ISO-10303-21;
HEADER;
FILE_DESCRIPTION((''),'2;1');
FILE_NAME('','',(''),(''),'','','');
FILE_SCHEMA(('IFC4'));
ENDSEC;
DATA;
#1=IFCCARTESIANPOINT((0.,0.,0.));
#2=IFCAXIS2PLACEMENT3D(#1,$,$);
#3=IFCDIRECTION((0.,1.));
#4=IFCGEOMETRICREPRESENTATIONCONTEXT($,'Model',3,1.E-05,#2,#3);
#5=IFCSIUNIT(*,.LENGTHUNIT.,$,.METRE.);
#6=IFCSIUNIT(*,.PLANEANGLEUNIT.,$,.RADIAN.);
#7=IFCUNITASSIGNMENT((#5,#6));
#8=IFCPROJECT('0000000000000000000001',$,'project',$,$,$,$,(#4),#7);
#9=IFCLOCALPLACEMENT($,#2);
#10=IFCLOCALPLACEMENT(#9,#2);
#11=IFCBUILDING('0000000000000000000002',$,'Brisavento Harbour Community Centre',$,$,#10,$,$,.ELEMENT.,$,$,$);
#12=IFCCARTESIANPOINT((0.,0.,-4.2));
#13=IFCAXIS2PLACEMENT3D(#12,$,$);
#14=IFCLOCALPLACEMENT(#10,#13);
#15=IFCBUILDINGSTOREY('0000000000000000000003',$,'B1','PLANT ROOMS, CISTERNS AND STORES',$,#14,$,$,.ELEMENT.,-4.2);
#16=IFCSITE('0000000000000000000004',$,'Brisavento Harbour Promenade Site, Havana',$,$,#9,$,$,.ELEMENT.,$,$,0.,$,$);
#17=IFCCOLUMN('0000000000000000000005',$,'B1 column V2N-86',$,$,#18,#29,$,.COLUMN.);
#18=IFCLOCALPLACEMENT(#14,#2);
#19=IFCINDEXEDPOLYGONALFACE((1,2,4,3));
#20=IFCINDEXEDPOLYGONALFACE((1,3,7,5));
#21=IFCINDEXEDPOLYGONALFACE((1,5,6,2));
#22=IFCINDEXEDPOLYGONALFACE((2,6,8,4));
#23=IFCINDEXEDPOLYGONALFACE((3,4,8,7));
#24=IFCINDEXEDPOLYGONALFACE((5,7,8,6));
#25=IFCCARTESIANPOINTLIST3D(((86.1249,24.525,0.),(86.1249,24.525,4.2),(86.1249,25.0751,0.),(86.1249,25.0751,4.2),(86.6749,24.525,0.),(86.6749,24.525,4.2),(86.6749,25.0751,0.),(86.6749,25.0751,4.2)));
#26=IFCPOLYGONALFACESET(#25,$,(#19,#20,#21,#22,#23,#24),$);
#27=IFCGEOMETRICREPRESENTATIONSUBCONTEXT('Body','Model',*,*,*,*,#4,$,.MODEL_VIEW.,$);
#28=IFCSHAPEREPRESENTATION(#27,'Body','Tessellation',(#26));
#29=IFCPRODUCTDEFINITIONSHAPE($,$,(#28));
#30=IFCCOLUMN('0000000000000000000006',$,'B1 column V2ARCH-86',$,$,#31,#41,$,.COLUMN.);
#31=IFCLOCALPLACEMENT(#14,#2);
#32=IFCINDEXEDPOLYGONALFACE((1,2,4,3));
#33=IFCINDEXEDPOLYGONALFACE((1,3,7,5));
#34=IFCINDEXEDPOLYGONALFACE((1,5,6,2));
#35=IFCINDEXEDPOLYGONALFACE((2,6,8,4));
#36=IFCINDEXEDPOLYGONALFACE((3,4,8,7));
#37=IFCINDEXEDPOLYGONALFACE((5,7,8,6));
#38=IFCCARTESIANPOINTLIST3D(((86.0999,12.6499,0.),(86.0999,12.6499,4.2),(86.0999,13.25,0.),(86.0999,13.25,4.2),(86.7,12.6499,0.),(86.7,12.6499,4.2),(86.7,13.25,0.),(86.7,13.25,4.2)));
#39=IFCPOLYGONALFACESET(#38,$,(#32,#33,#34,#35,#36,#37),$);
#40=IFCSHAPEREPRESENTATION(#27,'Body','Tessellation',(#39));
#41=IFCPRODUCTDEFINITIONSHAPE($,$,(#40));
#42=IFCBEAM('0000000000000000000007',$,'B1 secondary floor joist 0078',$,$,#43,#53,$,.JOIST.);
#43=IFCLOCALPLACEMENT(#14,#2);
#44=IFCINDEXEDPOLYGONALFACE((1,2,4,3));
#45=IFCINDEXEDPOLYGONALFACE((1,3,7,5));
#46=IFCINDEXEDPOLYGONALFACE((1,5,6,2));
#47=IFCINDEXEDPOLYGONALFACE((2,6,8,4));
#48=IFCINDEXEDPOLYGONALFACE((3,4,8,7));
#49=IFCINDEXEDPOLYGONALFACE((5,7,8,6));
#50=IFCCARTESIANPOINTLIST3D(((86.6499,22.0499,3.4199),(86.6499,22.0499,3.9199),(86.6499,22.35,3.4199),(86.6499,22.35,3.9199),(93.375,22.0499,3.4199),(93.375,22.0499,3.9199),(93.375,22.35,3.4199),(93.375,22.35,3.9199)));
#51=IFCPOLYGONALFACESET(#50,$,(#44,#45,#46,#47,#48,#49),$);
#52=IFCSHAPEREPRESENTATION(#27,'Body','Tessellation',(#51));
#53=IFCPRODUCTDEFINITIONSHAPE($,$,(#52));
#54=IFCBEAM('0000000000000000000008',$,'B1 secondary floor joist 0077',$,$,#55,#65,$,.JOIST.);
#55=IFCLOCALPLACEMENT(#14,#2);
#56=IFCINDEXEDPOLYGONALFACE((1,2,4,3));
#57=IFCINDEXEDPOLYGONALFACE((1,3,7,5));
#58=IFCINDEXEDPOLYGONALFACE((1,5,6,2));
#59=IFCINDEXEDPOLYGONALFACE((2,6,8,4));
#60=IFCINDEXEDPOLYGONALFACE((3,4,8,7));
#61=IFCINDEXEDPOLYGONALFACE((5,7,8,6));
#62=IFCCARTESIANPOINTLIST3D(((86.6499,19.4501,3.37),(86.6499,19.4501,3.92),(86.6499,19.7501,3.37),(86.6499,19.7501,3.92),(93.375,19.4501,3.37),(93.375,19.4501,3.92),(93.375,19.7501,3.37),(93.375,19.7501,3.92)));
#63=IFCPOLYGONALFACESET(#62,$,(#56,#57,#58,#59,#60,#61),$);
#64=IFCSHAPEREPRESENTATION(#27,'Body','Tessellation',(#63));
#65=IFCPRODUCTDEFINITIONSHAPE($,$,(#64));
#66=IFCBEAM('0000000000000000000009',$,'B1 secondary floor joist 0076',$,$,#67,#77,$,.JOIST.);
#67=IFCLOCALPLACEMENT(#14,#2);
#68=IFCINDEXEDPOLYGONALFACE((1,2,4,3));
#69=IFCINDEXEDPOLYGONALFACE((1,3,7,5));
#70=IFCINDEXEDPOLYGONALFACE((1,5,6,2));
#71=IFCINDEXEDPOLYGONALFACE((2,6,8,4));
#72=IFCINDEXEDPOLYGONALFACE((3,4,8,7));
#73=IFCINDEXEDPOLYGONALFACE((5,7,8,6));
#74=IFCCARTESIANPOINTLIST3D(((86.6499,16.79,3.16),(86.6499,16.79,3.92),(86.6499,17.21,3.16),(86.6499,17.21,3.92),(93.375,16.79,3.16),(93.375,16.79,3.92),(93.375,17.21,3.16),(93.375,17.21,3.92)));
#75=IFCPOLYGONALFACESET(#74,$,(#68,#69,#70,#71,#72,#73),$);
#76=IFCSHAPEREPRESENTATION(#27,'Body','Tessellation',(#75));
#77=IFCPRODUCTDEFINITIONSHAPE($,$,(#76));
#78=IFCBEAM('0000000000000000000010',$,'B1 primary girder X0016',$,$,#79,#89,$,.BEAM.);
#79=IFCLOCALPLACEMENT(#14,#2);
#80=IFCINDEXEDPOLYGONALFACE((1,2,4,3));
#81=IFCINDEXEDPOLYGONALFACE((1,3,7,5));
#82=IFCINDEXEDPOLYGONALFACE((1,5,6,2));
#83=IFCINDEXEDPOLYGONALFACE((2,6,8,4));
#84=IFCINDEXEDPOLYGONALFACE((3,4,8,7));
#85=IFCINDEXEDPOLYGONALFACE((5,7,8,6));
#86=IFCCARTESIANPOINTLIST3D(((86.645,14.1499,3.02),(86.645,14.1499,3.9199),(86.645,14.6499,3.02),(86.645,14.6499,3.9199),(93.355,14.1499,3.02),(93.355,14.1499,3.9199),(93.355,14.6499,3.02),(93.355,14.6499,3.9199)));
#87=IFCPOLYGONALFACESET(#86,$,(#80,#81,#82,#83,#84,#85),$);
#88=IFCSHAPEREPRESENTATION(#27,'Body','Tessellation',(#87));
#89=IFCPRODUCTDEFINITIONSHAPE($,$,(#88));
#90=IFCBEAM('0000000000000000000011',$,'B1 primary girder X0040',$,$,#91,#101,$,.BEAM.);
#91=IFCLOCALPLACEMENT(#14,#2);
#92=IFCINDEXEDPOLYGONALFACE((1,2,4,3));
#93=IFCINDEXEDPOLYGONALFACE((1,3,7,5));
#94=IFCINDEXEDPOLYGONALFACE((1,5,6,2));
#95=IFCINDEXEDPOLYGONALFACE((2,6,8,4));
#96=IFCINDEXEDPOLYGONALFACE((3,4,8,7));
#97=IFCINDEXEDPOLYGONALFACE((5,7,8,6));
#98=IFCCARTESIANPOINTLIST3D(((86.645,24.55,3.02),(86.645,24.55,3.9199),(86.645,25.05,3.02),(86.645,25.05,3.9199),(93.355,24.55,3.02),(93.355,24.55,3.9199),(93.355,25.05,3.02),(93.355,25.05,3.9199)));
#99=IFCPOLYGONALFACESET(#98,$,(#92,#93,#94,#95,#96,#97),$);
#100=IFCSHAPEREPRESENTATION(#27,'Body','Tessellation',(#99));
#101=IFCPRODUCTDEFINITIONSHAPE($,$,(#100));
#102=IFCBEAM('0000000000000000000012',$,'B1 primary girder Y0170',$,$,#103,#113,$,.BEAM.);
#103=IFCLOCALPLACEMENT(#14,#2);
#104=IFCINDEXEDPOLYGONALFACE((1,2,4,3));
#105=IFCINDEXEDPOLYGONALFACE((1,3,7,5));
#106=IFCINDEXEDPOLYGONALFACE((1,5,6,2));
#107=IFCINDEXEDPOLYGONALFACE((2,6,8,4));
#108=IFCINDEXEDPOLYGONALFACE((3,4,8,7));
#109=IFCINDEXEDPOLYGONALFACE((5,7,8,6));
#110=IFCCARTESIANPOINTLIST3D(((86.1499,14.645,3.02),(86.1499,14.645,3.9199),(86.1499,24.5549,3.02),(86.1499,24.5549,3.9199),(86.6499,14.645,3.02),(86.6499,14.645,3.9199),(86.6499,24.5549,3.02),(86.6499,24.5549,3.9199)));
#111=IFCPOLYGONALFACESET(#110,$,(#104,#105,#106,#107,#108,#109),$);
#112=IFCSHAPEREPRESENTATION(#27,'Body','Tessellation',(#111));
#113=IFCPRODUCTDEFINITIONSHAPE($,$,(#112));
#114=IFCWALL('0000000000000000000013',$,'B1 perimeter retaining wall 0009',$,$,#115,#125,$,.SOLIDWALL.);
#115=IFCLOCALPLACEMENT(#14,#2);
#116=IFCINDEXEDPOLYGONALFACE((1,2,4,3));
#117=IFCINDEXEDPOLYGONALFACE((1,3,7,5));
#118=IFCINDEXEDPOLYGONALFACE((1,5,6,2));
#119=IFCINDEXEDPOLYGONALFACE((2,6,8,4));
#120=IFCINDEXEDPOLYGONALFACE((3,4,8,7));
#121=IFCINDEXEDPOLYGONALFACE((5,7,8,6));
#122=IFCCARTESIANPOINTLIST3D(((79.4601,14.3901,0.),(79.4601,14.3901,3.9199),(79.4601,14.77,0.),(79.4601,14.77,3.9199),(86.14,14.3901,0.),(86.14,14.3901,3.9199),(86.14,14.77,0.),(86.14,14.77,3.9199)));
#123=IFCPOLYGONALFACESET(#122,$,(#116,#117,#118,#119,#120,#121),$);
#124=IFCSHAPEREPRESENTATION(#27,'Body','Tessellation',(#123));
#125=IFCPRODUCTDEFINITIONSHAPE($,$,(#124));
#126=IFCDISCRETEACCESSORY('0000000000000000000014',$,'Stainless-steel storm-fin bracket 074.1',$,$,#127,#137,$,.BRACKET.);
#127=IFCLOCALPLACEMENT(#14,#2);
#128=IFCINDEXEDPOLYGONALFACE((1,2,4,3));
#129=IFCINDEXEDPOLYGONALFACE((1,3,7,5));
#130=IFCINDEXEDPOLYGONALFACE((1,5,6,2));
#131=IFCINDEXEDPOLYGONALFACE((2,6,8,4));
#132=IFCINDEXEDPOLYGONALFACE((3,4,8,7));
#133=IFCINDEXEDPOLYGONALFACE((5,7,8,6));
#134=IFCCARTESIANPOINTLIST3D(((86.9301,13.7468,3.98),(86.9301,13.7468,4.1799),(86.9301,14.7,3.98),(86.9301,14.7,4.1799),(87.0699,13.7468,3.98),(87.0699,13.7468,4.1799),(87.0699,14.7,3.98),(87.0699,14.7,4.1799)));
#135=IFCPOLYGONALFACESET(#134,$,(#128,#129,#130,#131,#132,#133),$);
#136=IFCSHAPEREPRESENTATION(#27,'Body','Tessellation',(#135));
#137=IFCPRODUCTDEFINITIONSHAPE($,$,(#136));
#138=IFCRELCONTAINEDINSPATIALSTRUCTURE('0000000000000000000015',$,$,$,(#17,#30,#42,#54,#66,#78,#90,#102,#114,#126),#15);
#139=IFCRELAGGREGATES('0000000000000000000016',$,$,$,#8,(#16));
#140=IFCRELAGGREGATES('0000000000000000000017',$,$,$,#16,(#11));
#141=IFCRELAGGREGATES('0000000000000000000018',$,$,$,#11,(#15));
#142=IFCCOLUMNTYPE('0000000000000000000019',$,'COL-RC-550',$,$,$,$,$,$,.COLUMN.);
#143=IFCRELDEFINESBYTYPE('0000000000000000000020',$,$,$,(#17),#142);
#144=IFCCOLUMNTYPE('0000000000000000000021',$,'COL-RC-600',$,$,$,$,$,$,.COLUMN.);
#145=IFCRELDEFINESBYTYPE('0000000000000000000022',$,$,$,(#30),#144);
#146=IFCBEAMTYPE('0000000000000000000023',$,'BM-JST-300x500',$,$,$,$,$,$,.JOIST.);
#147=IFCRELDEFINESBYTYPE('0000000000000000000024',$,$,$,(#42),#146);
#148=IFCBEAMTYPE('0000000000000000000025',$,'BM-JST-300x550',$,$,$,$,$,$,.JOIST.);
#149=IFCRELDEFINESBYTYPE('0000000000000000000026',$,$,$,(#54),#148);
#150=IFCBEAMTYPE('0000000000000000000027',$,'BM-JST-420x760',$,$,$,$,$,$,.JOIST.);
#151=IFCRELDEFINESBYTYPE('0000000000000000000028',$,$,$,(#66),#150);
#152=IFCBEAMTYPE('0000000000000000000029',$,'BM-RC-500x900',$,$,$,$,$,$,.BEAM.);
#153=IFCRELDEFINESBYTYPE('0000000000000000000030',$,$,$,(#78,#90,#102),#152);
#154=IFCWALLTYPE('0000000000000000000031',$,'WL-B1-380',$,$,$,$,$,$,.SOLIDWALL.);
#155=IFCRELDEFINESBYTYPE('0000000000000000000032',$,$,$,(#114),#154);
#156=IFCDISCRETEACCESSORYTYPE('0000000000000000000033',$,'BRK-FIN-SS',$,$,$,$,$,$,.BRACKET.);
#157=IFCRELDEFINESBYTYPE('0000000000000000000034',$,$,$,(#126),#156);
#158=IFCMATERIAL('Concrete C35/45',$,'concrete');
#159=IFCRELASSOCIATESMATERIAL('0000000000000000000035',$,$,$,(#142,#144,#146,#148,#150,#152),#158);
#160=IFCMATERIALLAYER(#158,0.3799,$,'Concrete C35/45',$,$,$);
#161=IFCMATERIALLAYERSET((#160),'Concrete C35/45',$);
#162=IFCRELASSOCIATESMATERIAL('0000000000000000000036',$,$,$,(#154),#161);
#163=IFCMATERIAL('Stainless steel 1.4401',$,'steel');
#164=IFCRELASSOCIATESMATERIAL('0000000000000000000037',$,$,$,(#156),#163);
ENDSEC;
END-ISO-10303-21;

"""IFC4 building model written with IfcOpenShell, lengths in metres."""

from ifc_helpers import new_model, si_unit, direction, frame, frame_2d, origin, origin_2d, place, context, subcontext, project, spatial, rectangle, extrude, material, layer, layer_set, material_profile, profile_set, type_object, element, save


model = new_model("IFC4")

# Units and contexts
model_context = context("Model", 3, precision=1e-05, world=origin(), true_north=direction((0.0, 1.0)))
body_context = subcontext(model_context, "Body", "Model", "MODEL_VIEW")
ifc_project = project(units=[si_unit("LENGTHUNIT", "METRE"), si_unit("PLANEANGLEUNIT", "RADIAN")], contexts=[model_context])

# Site, building, storey
site_placement = place(None, origin())
site = spatial("IfcSite", under=ifc_project, at=site_placement, Name="Brisavento Harbour Promenade Site, Havana", CompositionType="ELEMENT", RefElevation=0.0)
building_placement = place(site_placement, origin())
building = spatial("IfcBuilding", under=site, at=building_placement, Name="Brisavento Harbour Community Centre", CompositionType="ELEMENT")
storey_placement = place(building_placement, frame((0.0, 0.0, -4.2)))
storey = spatial("IfcBuildingStorey", under=building, at=storey_placement, Name="B1", Description="PLANT ROOMS, CISTERNS AND STORES", CompositionType="ELEMENT", Elevation=-4.2)

# Shared definitions
ifc_material_1 = material(Name="Concrete C35/45", Category="concrete")

# Columns
ifc_material_profile_1 = material_profile(ifc_material_1, rectangle(XDim=0.55, YDim=0.55, at=origin_2d()), Name="Concrete C35/45")
ifc_profile_set_1 = profile_set([ifc_material_profile_1], Name="Concrete C35/45")
column_type_1 = type_object("IfcColumnType", Name="COL-RC-550", PredefinedType="COLUMN", material=ifc_profile_set_1)
for number, where, z_axis, x_axis, name in (
    (1, (86.3999, 24.8, 0.0), (0.0, 0.0, 1.0), (1.0, 0.0, 0.0), "B1 column V2N-86"),
):
    element("IfcColumn", number, at=place(storey_placement, frame(where, z_axis=z_axis, x_axis=x_axis)), inside=storey, type_object=column_type_1, Name=name, PredefinedType="COLUMN", context=body_context, shape_type="SweptSolid", body=[
        extrude(rectangle(XDim=0.55, YDim=0.55, at=origin_2d()), origin(), (0.0, 0.0, 1.0), 4.2),
    ])
ifc_material_profile_2 = material_profile(ifc_material_1, rectangle(XDim=0.6001, YDim=0.6001, at=origin_2d()), Name="Concrete C35/45")
ifc_profile_set_2 = profile_set([ifc_material_profile_2], Name="Concrete C35/45")
column_type_2 = type_object("IfcColumnType", Name="COL-RC-600", PredefinedType="COLUMN", material=ifc_profile_set_2)
column_placement = place(storey_placement, frame((86.3999, 12.95, 0.0), z_axis=(0.0, 0.0, 1.0), x_axis=(1.0, 0.0, 0.0)))
element("IfcColumn", 2, at=column_placement, inside=storey, type_object=column_type_2, Name="B1 column V2ARCH-86", PredefinedType="COLUMN", context=body_context, shape_type="SweptSolid", body=[
    extrude(rectangle(XDim=0.6001, YDim=0.6001, at=origin_2d()), origin(), (0.0, 0.0, 1.0), 4.2),
])

# Beams
ifc_material_profile_3 = material_profile(ifc_material_1, rectangle(XDim=0.3, YDim=0.5, at=origin_2d()), Name="Concrete C35/45")
ifc_profile_set_3 = profile_set([ifc_material_profile_3], Name="Concrete C35/45")
beam_type_1 = type_object("IfcBeamType", Name="BM-JST-300x500", PredefinedType="JOIST", material=ifc_profile_set_3)
beam_1_placement = place(storey_placement, frame((86.6499, 22.2, 3.6699), z_axis=(1.0, 0.0, 0.0), x_axis=(0.0, 1.0, 0.0)))
element("IfcBeam", 3, at=beam_1_placement, inside=storey, type_object=beam_type_1, Name="B1 secondary floor joist 0078", PredefinedType="JOIST", context=body_context, shape_type="SweptSolid", body=[
    extrude(rectangle(XDim=0.3, YDim=0.5, at=origin_2d()), origin(), (0.0, 0.0, 1.0), 6.7251),
])
ifc_material_profile_4 = material_profile(ifc_material_1, rectangle(XDim=0.3, YDim=0.55, at=origin_2d()), Name="Concrete C35/45")
ifc_profile_set_4 = profile_set([ifc_material_profile_4], Name="Concrete C35/45")
beam_type_2 = type_object("IfcBeamType", Name="BM-JST-300x550", PredefinedType="JOIST", material=ifc_profile_set_4)
beam_2_placement = place(storey_placement, frame((86.6499, 19.6001, 3.645), z_axis=(1.0, 0.0, 0.0), x_axis=(0.0, 1.0, 0.0)))
element("IfcBeam", 4, at=beam_2_placement, inside=storey, type_object=beam_type_2, Name="B1 secondary floor joist 0077", PredefinedType="JOIST", context=body_context, shape_type="SweptSolid", body=[
    extrude(rectangle(XDim=0.3, YDim=0.55, at=origin_2d()), origin(), (0.0, 0.0, 1.0), 6.7251),
])
ifc_material_profile_5 = material_profile(ifc_material_1, rectangle(XDim=0.4199, YDim=0.76, at=origin_2d()), Name="Concrete C35/45")
ifc_profile_set_5 = profile_set([ifc_material_profile_5], Name="Concrete C35/45")
beam_type_3 = type_object("IfcBeamType", Name="BM-JST-420x760", PredefinedType="JOIST", material=ifc_profile_set_5)
beam_3_placement = place(storey_placement, frame((86.6499, 17.0, 3.54), z_axis=(1.0, 0.0, 0.0), x_axis=(0.0, 1.0, 0.0)))
element("IfcBeam", 5, at=beam_3_placement, inside=storey, type_object=beam_type_3, Name="B1 secondary floor joist 0076", PredefinedType="JOIST", context=body_context, shape_type="SweptSolid", body=[
    extrude(rectangle(XDim=0.4199, YDim=0.76, at=origin_2d()), origin(), (0.0, 0.0, 1.0), 6.7251),
])
ifc_material_profile_6 = material_profile(ifc_material_1, rectangle(XDim=0.5, YDim=0.8999, at=origin_2d()), Name="Concrete C35/45")
ifc_profile_set_6 = profile_set([ifc_material_profile_6], Name="Concrete C35/45")
beam_type_4 = type_object("IfcBeamType", Name="BM-RC-500x900", PredefinedType="BEAM", material=ifc_profile_set_6)
for number, where, z_axis, x_axis, name in (
    (6, (86.645, 14.3999, 3.47), (1.0, 0.0, 0.0), (0.0, 1.0, 0.0), "B1 primary girder X0016"),
    (7, (86.645, 24.8, 3.47), (1.0, 0.0, 0.0), (0.0, 1.0, 0.0), "B1 primary girder X0040"),
):
    element("IfcBeam", number, at=place(storey_placement, frame(where, z_axis=z_axis, x_axis=x_axis)), inside=storey, type_object=beam_type_4, Name=name, PredefinedType="BEAM", context=body_context, shape_type="SweptSolid", body=[
        extrude(rectangle(XDim=0.5, YDim=0.8999, at=origin_2d()), origin(), (0.0, 0.0, 1.0), 6.71),
    ])
beam_4_placement = place(storey_placement, frame((86.3999, 14.645, 3.47), z_axis=(0.0, 1.0, 0.0), x_axis=(-1.0, 0.0, 0.0)))
element("IfcBeam", 8, at=beam_4_placement, inside=storey, type_object=beam_type_4, Name="B1 primary girder Y0170", PredefinedType="BEAM", context=body_context, shape_type="SweptSolid", body=[
    extrude(rectangle(XDim=0.5, YDim=0.8999, at=origin_2d()), origin(), (0.0, 0.0, 1.0), 9.9099),
])

# Wall
ifc_layer = layer(ifc_material_1, 0.3799, Name="Concrete C35/45")
ifc_layer_set = layer_set([ifc_layer], Name="Concrete C35/45")
wall_type = type_object("IfcWallType", Name="WL-B1-380", PredefinedType="SOLIDWALL", material=ifc_layer_set)
wall_placement = place(storey_placement, frame((86.1399, 14.5801, 0.0), z_axis=(0.0, 0.0, 1.0), x_axis=(-1.0, 0.0, 0.0)))
element("IfcWall", 9, at=wall_placement, inside=storey, type_object=wall_type, Name="B1 perimeter retaining wall 0009", PredefinedType="SOLIDWALL", context=body_context, shape_type="SweptSolid", body=[
    extrude(rectangle(XDim=6.6799, YDim=0.3799, at=frame_2d((3.3398, 0.0))), origin(), (0.0, 0.0, 1.0), 3.9199),
])

# Discrete accessory
ifc_material_2 = material(Name="Stainless steel 1.4401", Category="steel")
discrete_accessory_type = type_object("IfcDiscreteAccessoryType", Name="BRK-FIN-SS", PredefinedType="BRACKET", material=ifc_material_2)
discrete_accessory_placement = place(storey_placement, frame((87.0, 14.2234, 3.98), z_axis=(0.0, 0.0, 1.0), x_axis=(0.0, -1.0, 0.0)))
element("IfcDiscreteAccessory", 10, at=discrete_accessory_placement, inside=storey, type_object=discrete_accessory_type, Name="Stainless-steel storm-fin bracket 074.1", PredefinedType="BRACKET", context=body_context, shape_type="SweptSolid", body=[
    extrude(rectangle(XDim=0.9531, YDim=0.1399, at=origin_2d()), origin(), (0.0, 0.0, 1.0), 0.2),
])

save(model, "model.ifc")
